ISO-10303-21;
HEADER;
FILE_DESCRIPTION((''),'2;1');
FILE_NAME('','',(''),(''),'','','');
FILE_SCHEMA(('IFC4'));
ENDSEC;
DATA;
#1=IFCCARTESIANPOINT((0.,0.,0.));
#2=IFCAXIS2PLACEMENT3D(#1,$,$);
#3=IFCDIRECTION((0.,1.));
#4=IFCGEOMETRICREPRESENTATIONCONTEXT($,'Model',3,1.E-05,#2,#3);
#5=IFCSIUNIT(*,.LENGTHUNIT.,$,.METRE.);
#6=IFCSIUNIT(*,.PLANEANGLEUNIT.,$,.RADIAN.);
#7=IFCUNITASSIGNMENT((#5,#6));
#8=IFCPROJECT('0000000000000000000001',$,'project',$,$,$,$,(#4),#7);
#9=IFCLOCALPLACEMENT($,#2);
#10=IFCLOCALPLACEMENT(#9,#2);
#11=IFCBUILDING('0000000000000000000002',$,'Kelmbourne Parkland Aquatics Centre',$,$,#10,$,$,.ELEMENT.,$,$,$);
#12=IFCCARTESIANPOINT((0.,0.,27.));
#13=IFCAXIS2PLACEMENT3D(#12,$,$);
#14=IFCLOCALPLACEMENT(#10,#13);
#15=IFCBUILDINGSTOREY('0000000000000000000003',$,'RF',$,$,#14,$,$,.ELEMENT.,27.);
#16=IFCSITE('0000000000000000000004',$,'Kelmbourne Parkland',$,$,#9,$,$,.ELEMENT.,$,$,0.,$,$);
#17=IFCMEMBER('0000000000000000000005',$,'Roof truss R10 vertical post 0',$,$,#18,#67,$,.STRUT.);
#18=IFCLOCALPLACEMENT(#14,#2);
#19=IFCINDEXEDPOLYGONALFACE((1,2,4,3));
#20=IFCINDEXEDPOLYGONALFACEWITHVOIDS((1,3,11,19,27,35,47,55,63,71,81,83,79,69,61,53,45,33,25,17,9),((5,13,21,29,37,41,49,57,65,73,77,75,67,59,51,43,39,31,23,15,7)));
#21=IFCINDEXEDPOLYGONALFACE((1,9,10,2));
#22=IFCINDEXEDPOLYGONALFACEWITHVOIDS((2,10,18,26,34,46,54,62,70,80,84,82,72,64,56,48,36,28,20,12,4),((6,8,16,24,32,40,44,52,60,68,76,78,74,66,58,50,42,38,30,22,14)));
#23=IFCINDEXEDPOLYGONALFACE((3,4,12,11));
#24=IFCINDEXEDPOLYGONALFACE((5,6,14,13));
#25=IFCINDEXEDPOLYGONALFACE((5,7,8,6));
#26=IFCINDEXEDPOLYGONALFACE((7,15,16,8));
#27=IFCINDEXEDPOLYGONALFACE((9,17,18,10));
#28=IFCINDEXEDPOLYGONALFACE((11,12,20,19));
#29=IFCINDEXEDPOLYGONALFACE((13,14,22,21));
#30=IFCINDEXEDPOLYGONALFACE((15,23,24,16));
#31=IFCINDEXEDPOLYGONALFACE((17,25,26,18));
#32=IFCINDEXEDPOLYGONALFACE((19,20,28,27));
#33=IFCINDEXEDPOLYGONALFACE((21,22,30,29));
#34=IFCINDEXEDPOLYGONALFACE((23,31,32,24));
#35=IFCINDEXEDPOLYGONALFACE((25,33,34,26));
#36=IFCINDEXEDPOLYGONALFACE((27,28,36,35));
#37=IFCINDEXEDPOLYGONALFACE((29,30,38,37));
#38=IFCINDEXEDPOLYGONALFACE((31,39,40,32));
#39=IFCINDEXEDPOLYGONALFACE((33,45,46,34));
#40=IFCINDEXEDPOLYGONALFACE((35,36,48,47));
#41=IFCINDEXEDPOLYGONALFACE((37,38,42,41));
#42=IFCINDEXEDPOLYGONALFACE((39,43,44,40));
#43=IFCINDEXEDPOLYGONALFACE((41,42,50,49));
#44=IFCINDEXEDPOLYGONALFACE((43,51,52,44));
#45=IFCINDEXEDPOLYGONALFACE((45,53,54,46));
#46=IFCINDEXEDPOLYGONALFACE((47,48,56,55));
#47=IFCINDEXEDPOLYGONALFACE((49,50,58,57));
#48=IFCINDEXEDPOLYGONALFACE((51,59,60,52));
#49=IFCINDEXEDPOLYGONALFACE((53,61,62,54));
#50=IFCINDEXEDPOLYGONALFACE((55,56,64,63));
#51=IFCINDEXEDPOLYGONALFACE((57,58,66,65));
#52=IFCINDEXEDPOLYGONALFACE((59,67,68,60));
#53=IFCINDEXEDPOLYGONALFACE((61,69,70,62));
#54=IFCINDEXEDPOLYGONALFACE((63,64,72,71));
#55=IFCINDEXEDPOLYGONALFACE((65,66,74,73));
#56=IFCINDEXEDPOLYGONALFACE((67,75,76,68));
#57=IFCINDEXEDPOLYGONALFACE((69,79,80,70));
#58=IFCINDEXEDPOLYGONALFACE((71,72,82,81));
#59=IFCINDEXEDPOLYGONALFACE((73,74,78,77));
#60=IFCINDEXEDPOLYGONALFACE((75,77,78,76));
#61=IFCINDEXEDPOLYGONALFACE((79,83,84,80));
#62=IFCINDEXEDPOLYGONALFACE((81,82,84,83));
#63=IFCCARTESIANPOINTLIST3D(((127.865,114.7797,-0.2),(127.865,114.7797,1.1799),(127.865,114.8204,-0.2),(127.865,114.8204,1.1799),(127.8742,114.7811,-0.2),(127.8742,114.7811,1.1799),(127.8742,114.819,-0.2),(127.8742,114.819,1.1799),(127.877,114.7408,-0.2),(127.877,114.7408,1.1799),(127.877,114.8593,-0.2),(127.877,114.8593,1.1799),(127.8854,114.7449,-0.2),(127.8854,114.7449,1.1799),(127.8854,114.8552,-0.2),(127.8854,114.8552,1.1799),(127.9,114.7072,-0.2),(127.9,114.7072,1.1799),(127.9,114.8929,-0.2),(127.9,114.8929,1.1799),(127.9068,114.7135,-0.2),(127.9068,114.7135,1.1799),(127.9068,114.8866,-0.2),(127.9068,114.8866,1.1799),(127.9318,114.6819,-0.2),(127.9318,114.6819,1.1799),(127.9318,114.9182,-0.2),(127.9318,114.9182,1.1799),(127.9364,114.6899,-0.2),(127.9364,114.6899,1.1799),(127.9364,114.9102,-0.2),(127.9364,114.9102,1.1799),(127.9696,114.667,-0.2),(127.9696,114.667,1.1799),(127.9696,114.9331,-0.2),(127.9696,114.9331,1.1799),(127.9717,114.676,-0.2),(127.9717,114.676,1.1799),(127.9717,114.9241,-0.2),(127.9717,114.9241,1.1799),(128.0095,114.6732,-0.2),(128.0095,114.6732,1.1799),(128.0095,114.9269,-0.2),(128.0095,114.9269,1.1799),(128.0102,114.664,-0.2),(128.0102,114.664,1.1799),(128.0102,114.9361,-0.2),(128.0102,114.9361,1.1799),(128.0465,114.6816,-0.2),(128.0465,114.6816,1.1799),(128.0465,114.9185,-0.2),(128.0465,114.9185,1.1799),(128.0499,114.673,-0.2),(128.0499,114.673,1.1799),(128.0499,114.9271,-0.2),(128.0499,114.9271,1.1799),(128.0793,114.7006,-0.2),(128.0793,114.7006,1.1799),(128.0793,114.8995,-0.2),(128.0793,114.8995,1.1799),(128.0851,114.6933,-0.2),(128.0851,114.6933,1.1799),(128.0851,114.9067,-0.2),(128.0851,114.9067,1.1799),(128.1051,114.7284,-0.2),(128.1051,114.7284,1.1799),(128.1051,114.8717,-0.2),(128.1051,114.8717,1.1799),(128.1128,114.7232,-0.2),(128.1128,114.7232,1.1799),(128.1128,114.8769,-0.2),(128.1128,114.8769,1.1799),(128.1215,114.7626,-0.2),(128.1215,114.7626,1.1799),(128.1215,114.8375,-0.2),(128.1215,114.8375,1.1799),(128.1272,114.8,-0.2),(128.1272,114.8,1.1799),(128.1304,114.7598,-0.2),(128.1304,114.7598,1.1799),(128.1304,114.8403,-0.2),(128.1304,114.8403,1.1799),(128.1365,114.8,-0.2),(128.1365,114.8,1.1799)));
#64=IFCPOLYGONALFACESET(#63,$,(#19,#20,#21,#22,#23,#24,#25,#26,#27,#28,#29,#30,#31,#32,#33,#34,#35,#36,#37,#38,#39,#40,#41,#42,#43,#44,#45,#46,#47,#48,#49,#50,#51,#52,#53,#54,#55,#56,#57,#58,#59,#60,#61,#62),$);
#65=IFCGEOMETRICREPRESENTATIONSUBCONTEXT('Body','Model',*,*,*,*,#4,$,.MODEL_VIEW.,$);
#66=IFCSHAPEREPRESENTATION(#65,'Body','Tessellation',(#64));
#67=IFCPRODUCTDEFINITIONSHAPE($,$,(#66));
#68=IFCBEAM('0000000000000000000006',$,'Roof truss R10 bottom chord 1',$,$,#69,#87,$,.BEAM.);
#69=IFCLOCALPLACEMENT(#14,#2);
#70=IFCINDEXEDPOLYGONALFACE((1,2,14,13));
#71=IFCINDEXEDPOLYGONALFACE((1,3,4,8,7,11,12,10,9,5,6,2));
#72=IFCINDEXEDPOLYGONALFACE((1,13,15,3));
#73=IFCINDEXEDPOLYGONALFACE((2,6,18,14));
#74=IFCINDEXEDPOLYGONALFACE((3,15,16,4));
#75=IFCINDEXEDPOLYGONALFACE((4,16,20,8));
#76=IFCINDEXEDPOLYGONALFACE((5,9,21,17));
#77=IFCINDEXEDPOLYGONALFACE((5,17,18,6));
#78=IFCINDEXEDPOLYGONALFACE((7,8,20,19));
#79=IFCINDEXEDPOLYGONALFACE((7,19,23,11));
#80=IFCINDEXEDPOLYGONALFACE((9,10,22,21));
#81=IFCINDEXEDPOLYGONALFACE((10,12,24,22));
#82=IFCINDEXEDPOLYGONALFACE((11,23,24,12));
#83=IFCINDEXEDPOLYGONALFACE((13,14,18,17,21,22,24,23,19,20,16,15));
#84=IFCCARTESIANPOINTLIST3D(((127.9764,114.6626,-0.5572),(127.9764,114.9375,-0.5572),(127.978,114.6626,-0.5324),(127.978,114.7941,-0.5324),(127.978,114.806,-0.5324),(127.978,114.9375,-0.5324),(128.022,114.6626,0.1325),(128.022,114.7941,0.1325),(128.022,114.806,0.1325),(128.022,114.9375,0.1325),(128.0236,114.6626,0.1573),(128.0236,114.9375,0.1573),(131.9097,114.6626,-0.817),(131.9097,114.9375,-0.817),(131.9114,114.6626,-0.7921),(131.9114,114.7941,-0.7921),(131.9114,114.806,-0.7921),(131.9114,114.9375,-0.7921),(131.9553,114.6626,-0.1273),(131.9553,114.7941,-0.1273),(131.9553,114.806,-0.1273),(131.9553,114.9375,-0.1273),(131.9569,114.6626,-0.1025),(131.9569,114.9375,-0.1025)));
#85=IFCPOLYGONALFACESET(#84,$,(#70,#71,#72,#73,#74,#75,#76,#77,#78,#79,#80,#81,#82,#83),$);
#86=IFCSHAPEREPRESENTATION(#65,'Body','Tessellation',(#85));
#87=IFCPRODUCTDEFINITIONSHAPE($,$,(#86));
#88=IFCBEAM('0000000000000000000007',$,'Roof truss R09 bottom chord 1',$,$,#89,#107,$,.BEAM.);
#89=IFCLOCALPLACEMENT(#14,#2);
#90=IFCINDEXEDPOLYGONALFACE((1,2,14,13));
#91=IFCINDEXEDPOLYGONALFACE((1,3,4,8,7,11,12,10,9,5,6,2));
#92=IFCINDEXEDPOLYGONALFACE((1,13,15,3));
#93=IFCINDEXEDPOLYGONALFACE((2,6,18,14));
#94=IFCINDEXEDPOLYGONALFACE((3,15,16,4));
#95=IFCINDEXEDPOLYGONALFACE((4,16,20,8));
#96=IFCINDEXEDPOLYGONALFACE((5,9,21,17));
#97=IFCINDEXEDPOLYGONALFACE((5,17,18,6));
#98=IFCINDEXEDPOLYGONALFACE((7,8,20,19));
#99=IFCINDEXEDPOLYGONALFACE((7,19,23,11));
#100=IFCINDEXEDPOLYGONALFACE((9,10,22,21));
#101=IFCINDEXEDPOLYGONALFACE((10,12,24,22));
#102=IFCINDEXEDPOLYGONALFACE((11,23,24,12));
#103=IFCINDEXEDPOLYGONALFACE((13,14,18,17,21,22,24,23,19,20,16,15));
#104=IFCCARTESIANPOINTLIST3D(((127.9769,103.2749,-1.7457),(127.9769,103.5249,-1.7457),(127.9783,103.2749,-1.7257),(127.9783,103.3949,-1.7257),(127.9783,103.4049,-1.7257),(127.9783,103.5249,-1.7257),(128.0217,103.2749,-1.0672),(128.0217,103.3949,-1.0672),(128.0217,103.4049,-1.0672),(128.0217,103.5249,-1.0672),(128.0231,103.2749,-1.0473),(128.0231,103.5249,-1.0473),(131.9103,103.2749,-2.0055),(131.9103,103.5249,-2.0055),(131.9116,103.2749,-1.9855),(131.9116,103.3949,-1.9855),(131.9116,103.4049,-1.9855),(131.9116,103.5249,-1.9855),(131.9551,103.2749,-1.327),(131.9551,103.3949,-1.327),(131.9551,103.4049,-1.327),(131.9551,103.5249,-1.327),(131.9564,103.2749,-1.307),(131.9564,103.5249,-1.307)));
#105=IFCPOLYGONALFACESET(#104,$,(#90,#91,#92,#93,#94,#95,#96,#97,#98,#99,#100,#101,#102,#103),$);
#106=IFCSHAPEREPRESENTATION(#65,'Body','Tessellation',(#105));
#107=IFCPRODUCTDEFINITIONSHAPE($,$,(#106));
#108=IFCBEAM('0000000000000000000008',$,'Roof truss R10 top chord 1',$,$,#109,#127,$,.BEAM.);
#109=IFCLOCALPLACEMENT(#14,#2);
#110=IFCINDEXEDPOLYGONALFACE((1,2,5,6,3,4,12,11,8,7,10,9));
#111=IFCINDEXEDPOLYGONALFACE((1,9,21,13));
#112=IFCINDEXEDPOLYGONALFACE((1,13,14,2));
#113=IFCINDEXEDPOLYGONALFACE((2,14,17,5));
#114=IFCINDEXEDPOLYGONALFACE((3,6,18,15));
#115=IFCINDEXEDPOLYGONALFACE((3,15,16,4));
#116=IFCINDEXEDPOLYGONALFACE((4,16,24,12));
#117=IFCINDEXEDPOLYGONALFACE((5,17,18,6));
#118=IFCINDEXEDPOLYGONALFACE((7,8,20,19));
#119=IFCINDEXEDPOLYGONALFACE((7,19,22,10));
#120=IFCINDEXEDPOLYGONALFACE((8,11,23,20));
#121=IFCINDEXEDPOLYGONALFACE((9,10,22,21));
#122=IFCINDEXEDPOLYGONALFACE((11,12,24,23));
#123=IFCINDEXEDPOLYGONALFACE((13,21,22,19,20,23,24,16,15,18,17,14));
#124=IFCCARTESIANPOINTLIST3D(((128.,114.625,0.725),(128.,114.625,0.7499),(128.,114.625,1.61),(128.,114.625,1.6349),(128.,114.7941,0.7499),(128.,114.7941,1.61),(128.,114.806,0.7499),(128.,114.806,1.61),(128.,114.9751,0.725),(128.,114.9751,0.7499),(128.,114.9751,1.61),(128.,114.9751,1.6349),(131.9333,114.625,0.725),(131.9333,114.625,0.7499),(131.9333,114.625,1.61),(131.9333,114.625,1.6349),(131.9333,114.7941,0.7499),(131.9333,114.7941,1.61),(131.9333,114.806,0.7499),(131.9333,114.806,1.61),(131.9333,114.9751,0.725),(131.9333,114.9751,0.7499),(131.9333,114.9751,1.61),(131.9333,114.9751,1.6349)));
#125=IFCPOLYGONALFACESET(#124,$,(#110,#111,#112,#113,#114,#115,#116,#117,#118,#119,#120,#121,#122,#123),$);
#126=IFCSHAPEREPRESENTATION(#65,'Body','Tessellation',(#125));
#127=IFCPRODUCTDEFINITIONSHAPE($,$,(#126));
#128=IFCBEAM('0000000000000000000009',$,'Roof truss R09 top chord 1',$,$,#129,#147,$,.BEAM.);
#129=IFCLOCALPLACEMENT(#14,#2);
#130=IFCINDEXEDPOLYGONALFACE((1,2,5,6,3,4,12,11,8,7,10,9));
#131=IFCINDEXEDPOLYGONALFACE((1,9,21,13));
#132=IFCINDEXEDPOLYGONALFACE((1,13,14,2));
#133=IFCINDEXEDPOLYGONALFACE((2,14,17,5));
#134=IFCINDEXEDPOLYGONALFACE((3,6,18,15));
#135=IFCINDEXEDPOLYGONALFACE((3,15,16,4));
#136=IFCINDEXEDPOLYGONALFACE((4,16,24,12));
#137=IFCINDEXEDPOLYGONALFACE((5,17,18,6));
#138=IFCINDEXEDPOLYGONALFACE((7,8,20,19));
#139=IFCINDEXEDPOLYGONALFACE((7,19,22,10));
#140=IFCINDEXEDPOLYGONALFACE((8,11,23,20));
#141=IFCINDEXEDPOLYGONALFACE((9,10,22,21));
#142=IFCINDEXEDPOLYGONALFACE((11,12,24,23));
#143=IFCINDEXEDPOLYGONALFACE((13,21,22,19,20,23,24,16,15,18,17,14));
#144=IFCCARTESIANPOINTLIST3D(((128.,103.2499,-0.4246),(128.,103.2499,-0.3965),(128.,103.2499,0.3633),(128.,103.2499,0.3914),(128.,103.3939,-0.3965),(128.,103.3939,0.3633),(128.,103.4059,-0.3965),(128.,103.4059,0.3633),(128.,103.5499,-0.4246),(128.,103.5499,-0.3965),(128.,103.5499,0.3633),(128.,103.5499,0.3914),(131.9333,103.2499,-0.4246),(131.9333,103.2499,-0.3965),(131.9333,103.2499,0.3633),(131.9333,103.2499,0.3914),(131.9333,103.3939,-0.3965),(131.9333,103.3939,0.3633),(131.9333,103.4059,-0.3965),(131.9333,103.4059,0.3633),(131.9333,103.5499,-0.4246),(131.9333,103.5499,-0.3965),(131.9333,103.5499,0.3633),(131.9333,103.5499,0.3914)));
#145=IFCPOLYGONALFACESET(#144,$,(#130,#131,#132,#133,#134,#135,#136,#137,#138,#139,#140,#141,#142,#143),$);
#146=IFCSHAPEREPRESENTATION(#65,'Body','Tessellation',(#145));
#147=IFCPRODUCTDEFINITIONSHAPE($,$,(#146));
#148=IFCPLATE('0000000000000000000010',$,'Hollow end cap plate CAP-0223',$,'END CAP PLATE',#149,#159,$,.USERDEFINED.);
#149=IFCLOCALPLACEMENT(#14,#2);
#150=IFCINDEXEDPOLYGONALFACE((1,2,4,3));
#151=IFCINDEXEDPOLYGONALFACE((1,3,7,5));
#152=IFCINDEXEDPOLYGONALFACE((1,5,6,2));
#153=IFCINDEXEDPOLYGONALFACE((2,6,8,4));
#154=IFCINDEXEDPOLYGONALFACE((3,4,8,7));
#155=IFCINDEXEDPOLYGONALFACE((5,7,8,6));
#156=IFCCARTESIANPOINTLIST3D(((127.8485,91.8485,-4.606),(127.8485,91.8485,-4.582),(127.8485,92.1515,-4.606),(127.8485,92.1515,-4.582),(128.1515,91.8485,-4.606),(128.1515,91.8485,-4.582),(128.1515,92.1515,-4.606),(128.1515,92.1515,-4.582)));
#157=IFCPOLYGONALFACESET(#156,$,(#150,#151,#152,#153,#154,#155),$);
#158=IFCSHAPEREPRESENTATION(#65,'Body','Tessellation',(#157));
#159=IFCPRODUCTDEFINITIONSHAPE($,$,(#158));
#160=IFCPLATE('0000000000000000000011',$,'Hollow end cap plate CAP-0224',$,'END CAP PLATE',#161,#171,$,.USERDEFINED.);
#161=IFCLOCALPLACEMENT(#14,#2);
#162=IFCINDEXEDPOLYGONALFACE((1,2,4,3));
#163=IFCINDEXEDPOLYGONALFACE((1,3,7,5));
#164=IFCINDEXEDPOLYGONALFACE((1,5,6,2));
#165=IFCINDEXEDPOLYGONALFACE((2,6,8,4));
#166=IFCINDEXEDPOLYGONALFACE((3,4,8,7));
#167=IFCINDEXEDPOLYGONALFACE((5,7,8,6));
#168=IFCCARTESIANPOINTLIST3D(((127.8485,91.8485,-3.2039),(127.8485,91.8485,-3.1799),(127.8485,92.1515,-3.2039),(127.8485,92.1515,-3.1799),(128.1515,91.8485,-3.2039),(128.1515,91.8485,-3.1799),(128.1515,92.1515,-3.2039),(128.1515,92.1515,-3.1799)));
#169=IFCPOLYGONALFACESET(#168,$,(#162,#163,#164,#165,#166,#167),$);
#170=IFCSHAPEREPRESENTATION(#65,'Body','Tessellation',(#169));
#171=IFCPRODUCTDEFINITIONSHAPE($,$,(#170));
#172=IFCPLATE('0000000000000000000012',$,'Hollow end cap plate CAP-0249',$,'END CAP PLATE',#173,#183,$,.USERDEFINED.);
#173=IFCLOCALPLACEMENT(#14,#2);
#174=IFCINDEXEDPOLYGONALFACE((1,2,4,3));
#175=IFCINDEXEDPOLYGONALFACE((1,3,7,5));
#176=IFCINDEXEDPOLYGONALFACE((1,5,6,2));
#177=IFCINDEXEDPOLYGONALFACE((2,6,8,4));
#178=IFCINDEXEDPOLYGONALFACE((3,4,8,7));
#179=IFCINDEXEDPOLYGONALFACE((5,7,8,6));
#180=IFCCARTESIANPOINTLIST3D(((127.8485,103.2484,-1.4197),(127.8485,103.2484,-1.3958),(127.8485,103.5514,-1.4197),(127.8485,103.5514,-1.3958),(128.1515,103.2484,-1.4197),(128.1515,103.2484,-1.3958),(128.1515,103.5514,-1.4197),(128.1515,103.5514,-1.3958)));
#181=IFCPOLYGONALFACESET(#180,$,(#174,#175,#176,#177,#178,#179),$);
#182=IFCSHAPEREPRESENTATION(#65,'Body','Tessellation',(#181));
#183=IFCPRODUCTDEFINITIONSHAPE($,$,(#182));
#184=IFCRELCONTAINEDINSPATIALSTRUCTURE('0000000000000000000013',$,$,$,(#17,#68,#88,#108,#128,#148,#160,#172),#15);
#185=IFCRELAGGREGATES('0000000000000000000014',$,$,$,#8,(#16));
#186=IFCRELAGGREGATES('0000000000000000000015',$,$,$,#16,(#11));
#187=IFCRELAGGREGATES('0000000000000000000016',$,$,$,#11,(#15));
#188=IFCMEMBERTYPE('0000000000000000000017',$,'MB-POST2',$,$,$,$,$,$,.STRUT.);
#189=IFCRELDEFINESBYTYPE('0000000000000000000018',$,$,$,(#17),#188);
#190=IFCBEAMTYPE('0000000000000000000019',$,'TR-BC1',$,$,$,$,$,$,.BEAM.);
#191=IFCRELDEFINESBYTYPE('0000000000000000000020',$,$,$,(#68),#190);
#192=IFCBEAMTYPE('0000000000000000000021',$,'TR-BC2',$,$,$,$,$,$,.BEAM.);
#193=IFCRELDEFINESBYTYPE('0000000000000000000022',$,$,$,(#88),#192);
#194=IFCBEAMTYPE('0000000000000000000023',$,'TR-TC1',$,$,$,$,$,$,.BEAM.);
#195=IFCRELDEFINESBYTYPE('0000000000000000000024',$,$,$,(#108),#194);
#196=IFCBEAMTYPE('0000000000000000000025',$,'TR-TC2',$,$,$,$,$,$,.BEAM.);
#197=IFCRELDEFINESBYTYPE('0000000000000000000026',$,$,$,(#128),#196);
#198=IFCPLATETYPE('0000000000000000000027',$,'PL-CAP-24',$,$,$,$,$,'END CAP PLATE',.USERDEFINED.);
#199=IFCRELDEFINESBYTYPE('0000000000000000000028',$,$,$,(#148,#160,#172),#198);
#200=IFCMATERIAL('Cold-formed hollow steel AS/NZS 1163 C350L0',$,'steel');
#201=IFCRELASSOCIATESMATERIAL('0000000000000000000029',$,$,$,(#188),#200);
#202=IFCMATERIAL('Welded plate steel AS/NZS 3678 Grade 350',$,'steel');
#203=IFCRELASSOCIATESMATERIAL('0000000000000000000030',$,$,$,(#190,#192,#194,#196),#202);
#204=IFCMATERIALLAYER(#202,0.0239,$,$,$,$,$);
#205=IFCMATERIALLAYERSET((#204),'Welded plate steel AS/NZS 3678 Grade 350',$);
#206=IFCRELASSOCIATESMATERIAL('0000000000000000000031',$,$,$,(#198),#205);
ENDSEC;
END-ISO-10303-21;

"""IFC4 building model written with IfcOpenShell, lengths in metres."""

from ifc_helpers import new_model, si_unit, direction, frame, origin, origin_2d, place, context, subcontext, project, spatial, rectangle, hollow_circle, i_section, extrude, material, layer, layer_set, material_profile, profile_set, type_object, element, save


model = new_model("IFC4")

# Units and contexts
model_context = context("Model", 3, precision=1e-05, world=origin(), true_north=direction((0.0, 1.0)))
body_context = subcontext(model_context, "Body", "Model", "MODEL_VIEW")
ifc_project = project(units=[si_unit("LENGTHUNIT", "METRE"), si_unit("PLANEANGLEUNIT", "RADIAN")], contexts=[model_context])

# Site, building, storey
site_placement = place(None, origin())
site = spatial("IfcSite", under=ifc_project, at=site_placement, Name="Kelmbourne Parkland", CompositionType="ELEMENT", RefElevation=0.0)
building_placement = place(site_placement, origin())
building = spatial("IfcBuilding", under=site, at=building_placement, Name="Kelmbourne Parkland Aquatics Centre", CompositionType="ELEMENT")
storey_placement = place(building_placement, frame((0.0, 0.0, 27.0)))
storey = spatial("IfcBuildingStorey", under=building, at=storey_placement, Name="RF", CompositionType="ELEMENT", Elevation=27.0)

# Member
ifc_material_1 = material(Name="Cold-formed hollow steel AS/NZS 1163 C350L0", Category="steel")
ifc_material_profile_1 = material_profile(ifc_material_1, hollow_circle(Radius=0.1365, WallThickness=0.0093, at=origin_2d()), Name="CHS 273.1x9.3")
ifc_profile_set_1 = profile_set([ifc_material_profile_1], Name="Cold-formed hollow steel AS/NZS 1163 C350L0")
member_type_1 = type_object("IfcMemberType", Name="MB-POST2", PredefinedType="STRUT", material=ifc_profile_set_1)
for number, where, z_axis, x_axis, name in (
    (1, (128.0, 114.8, -0.2), (0.0, 0.0, 1.0), (1.0, 0.0, 0.0), "Roof truss R10 vertical post 0"),
):
    element("IfcMember", number, at=place(storey_placement, frame(where, z_axis=z_axis, x_axis=x_axis)), inside=storey, type_object=member_type_1, Name=name, PredefinedType="STRUT", context=body_context, shape_type="SweptSolid", body=[
        extrude(hollow_circle(Radius=0.1365, WallThickness=0.0093, at=origin_2d()), origin(), (0.0, 0.0, 1.0), 1.3799),
    ])

# Beams
ifc_material_2 = material(Name="Welded plate steel AS/NZS 3678 Grade 350", Category="steel")
ifc_material_profile_2 = material_profile(ifc_material_2, i_section(OverallWidth=0.2749, OverallDepth=0.7161, WebThickness=0.012, FlangeThickness=0.0249, at=origin_2d()), Name="700WB173")
ifc_profile_set_2 = profile_set([ifc_material_profile_2], Name="Welded plate steel AS/NZS 3678 Grade 350")
beam_type_1 = type_object("IfcBeamType", Name="TR-BC1", PredefinedType="BEAM", material=ifc_profile_set_2)
beam_1_placement = place(storey_placement, frame((128.0, 114.8, -0.2), z_axis=(0.997826, 0.0, -0.065898), x_axis=(0.0, 1.0, 0.0)))
element("IfcBeam", 2, at=beam_1_placement, inside=storey, type_object=beam_type_1, Name="Roof truss R10 bottom chord 1", PredefinedType="BEAM", context=body_context, shape_type="SweptSolid", body=[
    extrude(i_section(OverallWidth=0.2749, OverallDepth=0.7161, WebThickness=0.012, FlangeThickness=0.0249, at=origin_2d()), origin(), (0.0, 0.0, 1.0), 3.9419),
])
ifc_material_profile_3 = material_profile(ifc_material_2, i_section(OverallWidth=0.25, OverallDepth=0.7, WebThickness=0.01, FlangeThickness=0.02, at=origin_2d()), Name="700WB130")
ifc_profile_set_3 = profile_set([ifc_material_profile_3], Name="Welded plate steel AS/NZS 3678 Grade 350")
beam_type_2 = type_object("IfcBeamType", Name="TR-BC2", PredefinedType="BEAM", material=ifc_profile_set_3)
beam_2_placement = place(storey_placement, frame((128.0, 103.3999, -1.3965), z_axis=(0.997826, 0.0, -0.065898), x_axis=(0.0, 1.0, 0.0)))
element("IfcBeam", 3, at=beam_2_placement, inside=storey, type_object=beam_type_2, Name="Roof truss R09 bottom chord 1", PredefinedType="BEAM", context=body_context, shape_type="SweptSolid", body=[
    extrude(i_section(OverallWidth=0.25, OverallDepth=0.7, WebThickness=0.01, FlangeThickness=0.02, at=origin_2d()), origin(), (0.0, 0.0, 1.0), 3.9419),
])
ifc_material_profile_4 = material_profile(ifc_material_2, i_section(OverallWidth=0.3501, OverallDepth=0.9099, WebThickness=0.012, FlangeThickness=0.0249, at=origin_2d()), Name="900WB218")
ifc_profile_set_4 = profile_set([ifc_material_profile_4], Name="Welded plate steel AS/NZS 3678 Grade 350")
beam_type_3 = type_object("IfcBeamType", Name="TR-TC1", PredefinedType="BEAM", material=ifc_profile_set_4)
beam_3_placement = place(storey_placement, frame((128.0, 114.8, 1.1799), z_axis=(1.0, 0.0, 0.0), x_axis=(0.0, 1.0, 0.0)))
element("IfcBeam", 4, at=beam_3_placement, inside=storey, type_object=beam_type_3, Name="Roof truss R10 top chord 1", PredefinedType="BEAM", context=body_context, shape_type="SweptSolid", body=[
    extrude(i_section(OverallWidth=0.3501, OverallDepth=0.9099, WebThickness=0.012, FlangeThickness=0.0249, at=origin_2d()), origin(), (0.0, 0.0, 1.0), 3.9333),
])
ifc_material_profile_5 = material_profile(ifc_material_2, i_section(OverallWidth=0.3, OverallDepth=0.8159, WebThickness=0.012, FlangeThickness=0.0281, at=origin_2d()), Name="800WB192")
ifc_profile_set_5 = profile_set([ifc_material_profile_5], Name="Welded plate steel AS/NZS 3678 Grade 350")
beam_type_4 = type_object("IfcBeamType", Name="TR-TC2", PredefinedType="BEAM", material=ifc_profile_set_5)
beam_4_placement = place(storey_placement, frame((128.0, 103.3999, -0.0166), z_axis=(1.0, 0.0, 0.0), x_axis=(0.0, 1.0, 0.0)))
element("IfcBeam", 5, at=beam_4_placement, inside=storey, type_object=beam_type_4, Name="Roof truss R09 top chord 1", PredefinedType="BEAM", context=body_context, shape_type="SweptSolid", body=[
    extrude(i_section(OverallWidth=0.3, OverallDepth=0.8159, WebThickness=0.012, FlangeThickness=0.0281, at=origin_2d()), origin(), (0.0, 0.0, 1.0), 3.9333),
])

# Plates
ifc_layer_1 = layer(ifc_material_2, 0.0239)
ifc_layer_set_1 = layer_set([ifc_layer_1], Name="Welded plate steel AS/NZS 3678 Grade 350")
plate_type_1 = type_object("IfcPlateType", Name="PL-CAP-24", ElementType="END CAP PLATE", PredefinedType="USERDEFINED", material=ifc_layer_set_1)
for number, where, z_axis, x_axis, name in (
    (6, (128.0, 92.0, -4.606), (0.0, 0.0, 1.0), (1.0, 0.0, 0.0), "Hollow end cap plate CAP-0223"),
    (7, (128.0, 92.0, -3.2039), (0.0, 0.0, 1.0), (1.0, 0.0, 0.0), "Hollow end cap plate CAP-0224"),
    (8, (128.0, 103.3999, -1.4197), (0.0, 0.0, 1.0), (1.0, 0.0, 0.0), "Hollow end cap plate CAP-0249"),
):
    element("IfcPlate", number, at=place(storey_placement, frame(where, z_axis=z_axis, x_axis=x_axis)), inside=storey, type_object=plate_type_1, Name=name, ObjectType="END CAP PLATE", PredefinedType="USERDEFINED", context=body_context, shape_type="SweptSolid", body=[
        extrude(rectangle(XDim=0.303, YDim=0.303, at=origin_2d()), origin(), (0.0, 0.0, 1.0), 0.0239),
    ])

save(model, "model.ifc")
